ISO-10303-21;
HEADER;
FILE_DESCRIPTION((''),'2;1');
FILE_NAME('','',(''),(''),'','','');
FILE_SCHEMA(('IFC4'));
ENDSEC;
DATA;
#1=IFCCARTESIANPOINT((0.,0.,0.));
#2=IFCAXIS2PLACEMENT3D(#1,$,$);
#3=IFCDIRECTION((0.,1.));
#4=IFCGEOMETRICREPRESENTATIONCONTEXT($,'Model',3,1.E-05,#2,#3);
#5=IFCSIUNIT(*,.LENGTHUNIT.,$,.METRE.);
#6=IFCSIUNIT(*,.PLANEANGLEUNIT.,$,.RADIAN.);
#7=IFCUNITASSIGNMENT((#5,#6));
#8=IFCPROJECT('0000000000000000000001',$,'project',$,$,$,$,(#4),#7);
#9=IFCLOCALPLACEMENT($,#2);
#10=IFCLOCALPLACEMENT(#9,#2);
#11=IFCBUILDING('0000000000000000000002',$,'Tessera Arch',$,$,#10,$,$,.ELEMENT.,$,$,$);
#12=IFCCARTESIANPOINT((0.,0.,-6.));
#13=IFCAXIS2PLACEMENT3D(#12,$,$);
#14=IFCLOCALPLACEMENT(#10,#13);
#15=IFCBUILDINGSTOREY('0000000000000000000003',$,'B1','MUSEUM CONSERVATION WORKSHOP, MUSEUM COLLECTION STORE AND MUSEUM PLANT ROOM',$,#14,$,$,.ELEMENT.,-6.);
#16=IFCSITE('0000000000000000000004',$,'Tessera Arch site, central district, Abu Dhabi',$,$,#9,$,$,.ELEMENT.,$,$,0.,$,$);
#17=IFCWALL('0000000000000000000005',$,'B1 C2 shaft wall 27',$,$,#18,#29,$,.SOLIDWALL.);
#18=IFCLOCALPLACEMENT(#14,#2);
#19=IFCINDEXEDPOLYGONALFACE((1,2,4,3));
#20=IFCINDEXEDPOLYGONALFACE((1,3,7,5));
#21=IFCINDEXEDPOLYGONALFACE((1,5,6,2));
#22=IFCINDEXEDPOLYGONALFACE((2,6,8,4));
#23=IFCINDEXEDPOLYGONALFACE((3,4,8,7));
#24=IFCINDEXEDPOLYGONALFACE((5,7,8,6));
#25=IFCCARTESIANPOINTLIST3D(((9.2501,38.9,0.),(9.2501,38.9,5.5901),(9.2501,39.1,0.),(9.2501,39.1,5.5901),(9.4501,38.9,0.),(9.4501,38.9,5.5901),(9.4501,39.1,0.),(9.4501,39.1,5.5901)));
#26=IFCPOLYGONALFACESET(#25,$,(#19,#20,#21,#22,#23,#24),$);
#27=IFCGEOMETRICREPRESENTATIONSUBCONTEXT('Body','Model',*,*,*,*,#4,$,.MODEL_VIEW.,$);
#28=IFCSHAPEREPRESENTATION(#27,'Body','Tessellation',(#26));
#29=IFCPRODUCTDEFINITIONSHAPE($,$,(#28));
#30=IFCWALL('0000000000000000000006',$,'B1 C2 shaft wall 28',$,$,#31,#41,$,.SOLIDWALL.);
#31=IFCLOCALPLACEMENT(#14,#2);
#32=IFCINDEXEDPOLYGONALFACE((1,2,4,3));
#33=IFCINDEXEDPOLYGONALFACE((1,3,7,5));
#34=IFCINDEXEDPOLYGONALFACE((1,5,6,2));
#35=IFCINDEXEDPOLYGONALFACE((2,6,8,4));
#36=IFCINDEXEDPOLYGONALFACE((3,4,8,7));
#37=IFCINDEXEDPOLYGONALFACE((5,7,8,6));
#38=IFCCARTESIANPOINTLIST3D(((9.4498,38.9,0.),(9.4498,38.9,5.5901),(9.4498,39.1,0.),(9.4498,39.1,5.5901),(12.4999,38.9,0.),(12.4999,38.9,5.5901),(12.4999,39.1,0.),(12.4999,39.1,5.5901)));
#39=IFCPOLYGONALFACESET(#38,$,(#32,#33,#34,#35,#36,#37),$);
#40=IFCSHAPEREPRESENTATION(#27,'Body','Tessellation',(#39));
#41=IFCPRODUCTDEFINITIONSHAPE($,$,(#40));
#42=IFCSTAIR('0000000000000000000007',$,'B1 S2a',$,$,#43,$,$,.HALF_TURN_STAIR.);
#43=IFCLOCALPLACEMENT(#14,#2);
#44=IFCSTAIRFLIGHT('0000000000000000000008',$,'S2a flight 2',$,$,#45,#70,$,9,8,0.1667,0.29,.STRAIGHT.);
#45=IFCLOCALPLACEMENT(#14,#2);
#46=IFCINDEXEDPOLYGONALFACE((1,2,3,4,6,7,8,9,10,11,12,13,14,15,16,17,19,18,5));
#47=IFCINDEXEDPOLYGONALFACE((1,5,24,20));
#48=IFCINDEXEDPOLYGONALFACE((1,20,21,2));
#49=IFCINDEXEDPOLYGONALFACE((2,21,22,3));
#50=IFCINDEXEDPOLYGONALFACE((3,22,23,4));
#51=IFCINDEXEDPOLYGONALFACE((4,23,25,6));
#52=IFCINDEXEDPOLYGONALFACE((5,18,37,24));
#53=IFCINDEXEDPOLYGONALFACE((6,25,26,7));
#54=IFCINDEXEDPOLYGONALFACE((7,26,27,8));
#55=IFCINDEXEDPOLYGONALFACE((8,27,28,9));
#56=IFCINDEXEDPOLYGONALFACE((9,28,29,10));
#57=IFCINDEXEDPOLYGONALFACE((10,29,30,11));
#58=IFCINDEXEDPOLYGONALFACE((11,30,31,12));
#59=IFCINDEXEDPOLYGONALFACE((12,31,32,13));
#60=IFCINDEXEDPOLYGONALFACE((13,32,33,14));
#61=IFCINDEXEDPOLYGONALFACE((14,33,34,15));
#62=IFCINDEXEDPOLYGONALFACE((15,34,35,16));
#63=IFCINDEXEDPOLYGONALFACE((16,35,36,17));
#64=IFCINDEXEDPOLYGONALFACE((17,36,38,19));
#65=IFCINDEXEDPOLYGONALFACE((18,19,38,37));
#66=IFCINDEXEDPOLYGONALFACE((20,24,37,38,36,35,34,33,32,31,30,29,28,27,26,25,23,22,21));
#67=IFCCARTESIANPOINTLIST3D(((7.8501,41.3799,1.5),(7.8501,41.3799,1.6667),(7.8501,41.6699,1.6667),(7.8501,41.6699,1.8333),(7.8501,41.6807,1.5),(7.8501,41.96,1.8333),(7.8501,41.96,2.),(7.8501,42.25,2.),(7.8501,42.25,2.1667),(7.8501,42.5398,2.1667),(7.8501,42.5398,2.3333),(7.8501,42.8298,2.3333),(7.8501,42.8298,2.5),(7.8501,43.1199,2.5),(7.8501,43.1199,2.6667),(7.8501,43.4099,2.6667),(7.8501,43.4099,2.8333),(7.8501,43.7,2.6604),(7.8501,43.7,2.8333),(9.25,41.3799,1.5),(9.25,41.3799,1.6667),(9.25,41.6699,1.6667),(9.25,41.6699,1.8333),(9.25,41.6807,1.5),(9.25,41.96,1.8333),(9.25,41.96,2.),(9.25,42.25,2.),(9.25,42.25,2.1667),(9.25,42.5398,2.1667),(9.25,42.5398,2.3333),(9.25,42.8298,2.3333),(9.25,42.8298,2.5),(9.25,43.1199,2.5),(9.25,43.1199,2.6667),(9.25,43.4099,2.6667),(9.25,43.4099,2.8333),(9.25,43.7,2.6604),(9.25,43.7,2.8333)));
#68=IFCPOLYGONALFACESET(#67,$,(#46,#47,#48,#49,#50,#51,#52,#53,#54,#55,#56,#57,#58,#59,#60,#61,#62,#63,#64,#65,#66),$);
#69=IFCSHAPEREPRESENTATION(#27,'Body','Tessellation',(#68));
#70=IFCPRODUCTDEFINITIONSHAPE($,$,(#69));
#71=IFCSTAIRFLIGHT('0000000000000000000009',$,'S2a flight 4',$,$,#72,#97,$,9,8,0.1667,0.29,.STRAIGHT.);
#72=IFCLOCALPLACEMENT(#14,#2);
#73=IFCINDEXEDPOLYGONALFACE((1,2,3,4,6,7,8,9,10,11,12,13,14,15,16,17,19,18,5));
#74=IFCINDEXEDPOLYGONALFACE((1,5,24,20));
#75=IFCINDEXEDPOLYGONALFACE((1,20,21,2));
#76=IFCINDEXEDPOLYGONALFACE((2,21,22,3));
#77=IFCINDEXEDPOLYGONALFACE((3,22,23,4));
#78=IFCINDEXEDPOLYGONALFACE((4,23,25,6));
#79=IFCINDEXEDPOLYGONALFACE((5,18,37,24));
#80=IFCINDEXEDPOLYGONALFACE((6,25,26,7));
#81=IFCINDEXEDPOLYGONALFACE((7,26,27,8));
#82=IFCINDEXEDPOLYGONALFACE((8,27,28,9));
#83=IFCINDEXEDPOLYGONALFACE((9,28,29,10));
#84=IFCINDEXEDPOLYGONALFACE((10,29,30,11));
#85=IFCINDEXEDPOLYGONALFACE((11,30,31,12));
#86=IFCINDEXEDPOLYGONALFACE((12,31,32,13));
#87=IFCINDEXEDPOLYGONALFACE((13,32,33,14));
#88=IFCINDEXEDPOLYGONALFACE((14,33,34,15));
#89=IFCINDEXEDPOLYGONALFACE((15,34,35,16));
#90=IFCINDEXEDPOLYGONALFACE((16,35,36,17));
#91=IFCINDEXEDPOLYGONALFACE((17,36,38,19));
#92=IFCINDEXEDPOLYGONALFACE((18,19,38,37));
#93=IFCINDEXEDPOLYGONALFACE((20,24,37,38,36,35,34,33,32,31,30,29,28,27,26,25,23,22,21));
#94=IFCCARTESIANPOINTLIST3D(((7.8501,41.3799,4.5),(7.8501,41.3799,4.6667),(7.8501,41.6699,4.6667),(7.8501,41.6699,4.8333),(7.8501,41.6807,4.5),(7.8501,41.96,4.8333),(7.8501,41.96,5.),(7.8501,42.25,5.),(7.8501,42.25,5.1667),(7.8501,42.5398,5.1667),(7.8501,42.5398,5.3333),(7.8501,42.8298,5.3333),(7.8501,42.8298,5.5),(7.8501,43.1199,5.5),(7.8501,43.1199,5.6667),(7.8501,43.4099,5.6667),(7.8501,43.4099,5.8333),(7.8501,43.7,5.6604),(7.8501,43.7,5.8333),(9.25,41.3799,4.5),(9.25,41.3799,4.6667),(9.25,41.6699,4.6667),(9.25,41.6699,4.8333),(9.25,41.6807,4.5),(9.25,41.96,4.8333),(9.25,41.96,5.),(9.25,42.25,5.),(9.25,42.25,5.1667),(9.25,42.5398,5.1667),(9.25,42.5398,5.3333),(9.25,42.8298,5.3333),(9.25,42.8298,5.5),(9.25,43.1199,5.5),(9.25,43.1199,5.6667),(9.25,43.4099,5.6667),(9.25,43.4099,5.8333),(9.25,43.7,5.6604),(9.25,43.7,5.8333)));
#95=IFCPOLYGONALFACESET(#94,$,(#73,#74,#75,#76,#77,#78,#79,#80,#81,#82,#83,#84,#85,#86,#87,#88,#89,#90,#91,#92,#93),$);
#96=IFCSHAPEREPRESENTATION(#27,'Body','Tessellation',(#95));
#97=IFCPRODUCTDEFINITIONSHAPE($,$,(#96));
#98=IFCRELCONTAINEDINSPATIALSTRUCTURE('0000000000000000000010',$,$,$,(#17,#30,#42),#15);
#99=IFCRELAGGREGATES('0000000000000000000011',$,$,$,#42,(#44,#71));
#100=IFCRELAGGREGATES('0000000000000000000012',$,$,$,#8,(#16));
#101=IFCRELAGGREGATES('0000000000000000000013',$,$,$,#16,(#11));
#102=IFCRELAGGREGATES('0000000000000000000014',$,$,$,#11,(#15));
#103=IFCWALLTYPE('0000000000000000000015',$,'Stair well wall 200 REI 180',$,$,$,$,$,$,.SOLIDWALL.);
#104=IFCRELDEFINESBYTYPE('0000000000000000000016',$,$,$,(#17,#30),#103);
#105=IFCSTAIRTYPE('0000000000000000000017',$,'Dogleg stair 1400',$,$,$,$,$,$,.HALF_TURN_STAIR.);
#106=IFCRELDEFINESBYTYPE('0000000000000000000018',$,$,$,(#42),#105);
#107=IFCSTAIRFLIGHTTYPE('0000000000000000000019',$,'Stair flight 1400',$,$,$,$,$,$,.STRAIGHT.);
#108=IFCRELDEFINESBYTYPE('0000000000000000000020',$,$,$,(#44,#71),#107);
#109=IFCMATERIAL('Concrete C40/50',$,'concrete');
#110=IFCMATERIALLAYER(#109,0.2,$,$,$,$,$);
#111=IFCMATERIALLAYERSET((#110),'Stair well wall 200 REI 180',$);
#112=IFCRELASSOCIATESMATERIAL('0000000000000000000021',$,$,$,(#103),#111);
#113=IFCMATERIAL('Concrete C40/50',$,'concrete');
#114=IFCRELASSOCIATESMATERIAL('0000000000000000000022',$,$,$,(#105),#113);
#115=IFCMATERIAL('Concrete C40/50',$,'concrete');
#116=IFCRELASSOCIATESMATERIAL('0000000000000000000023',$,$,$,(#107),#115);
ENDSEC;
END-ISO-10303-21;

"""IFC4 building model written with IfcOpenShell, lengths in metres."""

from ifc_helpers import new_model, si_unit, direction, frame, frame_2d, origin, place, context, subcontext, project, spatial, polyline, rectangle, outline, extrude, material, layer, layer_set, type_object, element, aggregate, save


model = new_model("IFC4")

# Units and contexts
model_context = context("Model", 3, precision=1e-05, world=origin(), true_north=direction((0.0, 1.0)))
body_context = subcontext(model_context, "Body", "Model", "MODEL_VIEW")
ifc_project = project(units=[si_unit("LENGTHUNIT", "METRE"), si_unit("PLANEANGLEUNIT", "RADIAN")], contexts=[model_context])

# Site, building, storey
site_placement = place(None, origin())
site = spatial("IfcSite", under=ifc_project, at=site_placement, Name="Tessera Arch site, central district, Abu Dhabi", CompositionType="ELEMENT", RefElevation=0.0)
building_placement = place(site_placement, origin())
building = spatial("IfcBuilding", under=site, at=building_placement, Name="Tessera Arch", CompositionType="ELEMENT")
storey_placement = place(building_placement, frame((0.0, 0.0, -6.0)))
storey = spatial("IfcBuildingStorey", under=building, at=storey_placement, Name="B1", Description="MUSEUM CONSERVATION WORKSHOP, MUSEUM COLLECTION STORE AND MUSEUM PLANT ROOM", CompositionType="ELEMENT", Elevation=-6.0)

# Walls
ifc_material_1 = material(Name="Concrete C40/50", Category="concrete")
ifc_layer_1 = layer(ifc_material_1, 0.2)
ifc_layer_set_1 = layer_set([ifc_layer_1], Name="Stair well wall 200 REI 180")
wall_type_1 = type_object("IfcWallType", Name="Stair well wall 200 REI 180", PredefinedType="SOLIDWALL", material=ifc_layer_set_1)
wall_1_placement = place(storey_placement, frame((9.25, 39.0, 0.0), z_axis=(0.0, 0.0, 1.0), x_axis=(1.0, 0.0, 0.0)))
element("IfcWall", 1, at=wall_1_placement, inside=storey, type_object=wall_type_1, Name="B1 C2 shaft wall 27", PredefinedType="SOLIDWALL", context=body_context, shape_type="SweptSolid", body=[
    extrude(rectangle(XDim=0.2, YDim=0.2, at=frame_2d((0.1001, 0.0))), origin(), (0.0, 0.0, 1.0), 5.5901),
])
wall_2_placement = place(storey_placement, frame((9.45, 39.0, 0.0), z_axis=(0.0, 0.0, 1.0), x_axis=(1.0, 0.0, 0.0)))
element("IfcWall", 2, at=wall_2_placement, inside=storey, type_object=wall_type_1, Name="B1 C2 shaft wall 28", PredefinedType="SOLIDWALL", context=body_context, shape_type="SweptSolid", body=[
    extrude(rectangle(XDim=3.05, YDim=0.2, at=frame_2d((1.5249, 0.0))), origin(), (0.0, 0.0, 1.0), 5.5901),
])

# Stair, stair flights
ifc_material_2 = material(Name="Concrete C40/50", Category="concrete")
stair_type = type_object("IfcStairType", Name="Dogleg stair 1400", PredefinedType="HALF_TURN_STAIR", material=ifc_material_2)
stair_placement = place(storey_placement, origin())
stair = element("IfcStair", 3, at=stair_placement, inside=storey, type_object=stair_type, Name="B1 S2a", PredefinedType="HALF_TURN_STAIR")
ifc_material_3 = material(Name="Concrete C40/50", Category="concrete")
stair_flight_type = type_object("IfcStairFlightType", Name="Stair flight 1400", PredefinedType="STRAIGHT", material=ifc_material_3)
stair_flight_1_placement = place(storey_placement, frame((8.55, 41.3799, 1.5), z_axis=(0.0, 0.0, 1.0), x_axis=(0.0, 1.0, 0.0)))
stair_flight_1 = element("IfcStairFlight", 4, at=stair_flight_1_placement, type_object=stair_flight_type, Name="S2a flight 2", NumberOfRisers=9, NumberOfTreads=8, PredefinedType="STRAIGHT", RiserHeight=0.1667, TreadLength=0.29, context=body_context, shape_type="SweptSolid", body=[
    extrude(outline(polyline([(0.0, 0.0), (0.0, 0.1667), (0.29, 0.1667), (0.29, 0.3333), (0.5801, 0.3333), (0.5801, 0.5), (0.8701, 0.5), (0.8701, 0.6667), (1.1599, 0.6667), (1.1599, 0.8333), (1.45, 0.8333), (1.45, 1.0), (1.74, 1.0), (1.74, 1.1667), (2.03, 1.1667), (2.03, 1.3333), (2.3201, 1.3333), (2.3201, 1.5), (2.3201, 1.1604), (0.3008, 0.0), (0.0, 0.0)])), frame((0.0, 0.7, 0.0), z_axis=(0.0, -1.0, 0.0), x_axis=(1.0, 0.0, 0.0)), (0.0, 0.0, 1.0), 1.3999),
])
stair_flight_2_placement = place(storey_placement, frame((8.55, 41.3799, 4.5), z_axis=(0.0, 0.0, 1.0), x_axis=(0.0, 1.0, 0.0)))
stair_flight_2 = element("IfcStairFlight", 5, at=stair_flight_2_placement, type_object=stair_flight_type, Name="S2a flight 4", NumberOfRisers=9, NumberOfTreads=8, PredefinedType="STRAIGHT", RiserHeight=0.1667, TreadLength=0.29, context=body_context, shape_type="SweptSolid", body=[
    extrude(outline(polyline([(0.0, 0.0), (0.0, 0.1667), (0.29, 0.1667), (0.29, 0.3333), (0.5801, 0.3333), (0.5801, 0.5), (0.8701, 0.5), (0.8701, 0.6667), (1.1599, 0.6667), (1.1599, 0.8333), (1.45, 0.8333), (1.45, 1.0), (1.74, 1.0), (1.74, 1.1667), (2.03, 1.1667), (2.03, 1.3333), (2.3201, 1.3333), (2.3201, 1.5), (2.3201, 1.1604), (0.3008, 0.0), (0.0, 0.0)])), frame((0.0, 0.7, 0.0), z_axis=(0.0, -1.0, 0.0), x_axis=(1.0, 0.0, 0.0)), (0.0, 0.0, 1.0), 1.3999),
])
aggregate(stair, [stair_flight_1, stair_flight_2])

save(model, "model.ifc")
